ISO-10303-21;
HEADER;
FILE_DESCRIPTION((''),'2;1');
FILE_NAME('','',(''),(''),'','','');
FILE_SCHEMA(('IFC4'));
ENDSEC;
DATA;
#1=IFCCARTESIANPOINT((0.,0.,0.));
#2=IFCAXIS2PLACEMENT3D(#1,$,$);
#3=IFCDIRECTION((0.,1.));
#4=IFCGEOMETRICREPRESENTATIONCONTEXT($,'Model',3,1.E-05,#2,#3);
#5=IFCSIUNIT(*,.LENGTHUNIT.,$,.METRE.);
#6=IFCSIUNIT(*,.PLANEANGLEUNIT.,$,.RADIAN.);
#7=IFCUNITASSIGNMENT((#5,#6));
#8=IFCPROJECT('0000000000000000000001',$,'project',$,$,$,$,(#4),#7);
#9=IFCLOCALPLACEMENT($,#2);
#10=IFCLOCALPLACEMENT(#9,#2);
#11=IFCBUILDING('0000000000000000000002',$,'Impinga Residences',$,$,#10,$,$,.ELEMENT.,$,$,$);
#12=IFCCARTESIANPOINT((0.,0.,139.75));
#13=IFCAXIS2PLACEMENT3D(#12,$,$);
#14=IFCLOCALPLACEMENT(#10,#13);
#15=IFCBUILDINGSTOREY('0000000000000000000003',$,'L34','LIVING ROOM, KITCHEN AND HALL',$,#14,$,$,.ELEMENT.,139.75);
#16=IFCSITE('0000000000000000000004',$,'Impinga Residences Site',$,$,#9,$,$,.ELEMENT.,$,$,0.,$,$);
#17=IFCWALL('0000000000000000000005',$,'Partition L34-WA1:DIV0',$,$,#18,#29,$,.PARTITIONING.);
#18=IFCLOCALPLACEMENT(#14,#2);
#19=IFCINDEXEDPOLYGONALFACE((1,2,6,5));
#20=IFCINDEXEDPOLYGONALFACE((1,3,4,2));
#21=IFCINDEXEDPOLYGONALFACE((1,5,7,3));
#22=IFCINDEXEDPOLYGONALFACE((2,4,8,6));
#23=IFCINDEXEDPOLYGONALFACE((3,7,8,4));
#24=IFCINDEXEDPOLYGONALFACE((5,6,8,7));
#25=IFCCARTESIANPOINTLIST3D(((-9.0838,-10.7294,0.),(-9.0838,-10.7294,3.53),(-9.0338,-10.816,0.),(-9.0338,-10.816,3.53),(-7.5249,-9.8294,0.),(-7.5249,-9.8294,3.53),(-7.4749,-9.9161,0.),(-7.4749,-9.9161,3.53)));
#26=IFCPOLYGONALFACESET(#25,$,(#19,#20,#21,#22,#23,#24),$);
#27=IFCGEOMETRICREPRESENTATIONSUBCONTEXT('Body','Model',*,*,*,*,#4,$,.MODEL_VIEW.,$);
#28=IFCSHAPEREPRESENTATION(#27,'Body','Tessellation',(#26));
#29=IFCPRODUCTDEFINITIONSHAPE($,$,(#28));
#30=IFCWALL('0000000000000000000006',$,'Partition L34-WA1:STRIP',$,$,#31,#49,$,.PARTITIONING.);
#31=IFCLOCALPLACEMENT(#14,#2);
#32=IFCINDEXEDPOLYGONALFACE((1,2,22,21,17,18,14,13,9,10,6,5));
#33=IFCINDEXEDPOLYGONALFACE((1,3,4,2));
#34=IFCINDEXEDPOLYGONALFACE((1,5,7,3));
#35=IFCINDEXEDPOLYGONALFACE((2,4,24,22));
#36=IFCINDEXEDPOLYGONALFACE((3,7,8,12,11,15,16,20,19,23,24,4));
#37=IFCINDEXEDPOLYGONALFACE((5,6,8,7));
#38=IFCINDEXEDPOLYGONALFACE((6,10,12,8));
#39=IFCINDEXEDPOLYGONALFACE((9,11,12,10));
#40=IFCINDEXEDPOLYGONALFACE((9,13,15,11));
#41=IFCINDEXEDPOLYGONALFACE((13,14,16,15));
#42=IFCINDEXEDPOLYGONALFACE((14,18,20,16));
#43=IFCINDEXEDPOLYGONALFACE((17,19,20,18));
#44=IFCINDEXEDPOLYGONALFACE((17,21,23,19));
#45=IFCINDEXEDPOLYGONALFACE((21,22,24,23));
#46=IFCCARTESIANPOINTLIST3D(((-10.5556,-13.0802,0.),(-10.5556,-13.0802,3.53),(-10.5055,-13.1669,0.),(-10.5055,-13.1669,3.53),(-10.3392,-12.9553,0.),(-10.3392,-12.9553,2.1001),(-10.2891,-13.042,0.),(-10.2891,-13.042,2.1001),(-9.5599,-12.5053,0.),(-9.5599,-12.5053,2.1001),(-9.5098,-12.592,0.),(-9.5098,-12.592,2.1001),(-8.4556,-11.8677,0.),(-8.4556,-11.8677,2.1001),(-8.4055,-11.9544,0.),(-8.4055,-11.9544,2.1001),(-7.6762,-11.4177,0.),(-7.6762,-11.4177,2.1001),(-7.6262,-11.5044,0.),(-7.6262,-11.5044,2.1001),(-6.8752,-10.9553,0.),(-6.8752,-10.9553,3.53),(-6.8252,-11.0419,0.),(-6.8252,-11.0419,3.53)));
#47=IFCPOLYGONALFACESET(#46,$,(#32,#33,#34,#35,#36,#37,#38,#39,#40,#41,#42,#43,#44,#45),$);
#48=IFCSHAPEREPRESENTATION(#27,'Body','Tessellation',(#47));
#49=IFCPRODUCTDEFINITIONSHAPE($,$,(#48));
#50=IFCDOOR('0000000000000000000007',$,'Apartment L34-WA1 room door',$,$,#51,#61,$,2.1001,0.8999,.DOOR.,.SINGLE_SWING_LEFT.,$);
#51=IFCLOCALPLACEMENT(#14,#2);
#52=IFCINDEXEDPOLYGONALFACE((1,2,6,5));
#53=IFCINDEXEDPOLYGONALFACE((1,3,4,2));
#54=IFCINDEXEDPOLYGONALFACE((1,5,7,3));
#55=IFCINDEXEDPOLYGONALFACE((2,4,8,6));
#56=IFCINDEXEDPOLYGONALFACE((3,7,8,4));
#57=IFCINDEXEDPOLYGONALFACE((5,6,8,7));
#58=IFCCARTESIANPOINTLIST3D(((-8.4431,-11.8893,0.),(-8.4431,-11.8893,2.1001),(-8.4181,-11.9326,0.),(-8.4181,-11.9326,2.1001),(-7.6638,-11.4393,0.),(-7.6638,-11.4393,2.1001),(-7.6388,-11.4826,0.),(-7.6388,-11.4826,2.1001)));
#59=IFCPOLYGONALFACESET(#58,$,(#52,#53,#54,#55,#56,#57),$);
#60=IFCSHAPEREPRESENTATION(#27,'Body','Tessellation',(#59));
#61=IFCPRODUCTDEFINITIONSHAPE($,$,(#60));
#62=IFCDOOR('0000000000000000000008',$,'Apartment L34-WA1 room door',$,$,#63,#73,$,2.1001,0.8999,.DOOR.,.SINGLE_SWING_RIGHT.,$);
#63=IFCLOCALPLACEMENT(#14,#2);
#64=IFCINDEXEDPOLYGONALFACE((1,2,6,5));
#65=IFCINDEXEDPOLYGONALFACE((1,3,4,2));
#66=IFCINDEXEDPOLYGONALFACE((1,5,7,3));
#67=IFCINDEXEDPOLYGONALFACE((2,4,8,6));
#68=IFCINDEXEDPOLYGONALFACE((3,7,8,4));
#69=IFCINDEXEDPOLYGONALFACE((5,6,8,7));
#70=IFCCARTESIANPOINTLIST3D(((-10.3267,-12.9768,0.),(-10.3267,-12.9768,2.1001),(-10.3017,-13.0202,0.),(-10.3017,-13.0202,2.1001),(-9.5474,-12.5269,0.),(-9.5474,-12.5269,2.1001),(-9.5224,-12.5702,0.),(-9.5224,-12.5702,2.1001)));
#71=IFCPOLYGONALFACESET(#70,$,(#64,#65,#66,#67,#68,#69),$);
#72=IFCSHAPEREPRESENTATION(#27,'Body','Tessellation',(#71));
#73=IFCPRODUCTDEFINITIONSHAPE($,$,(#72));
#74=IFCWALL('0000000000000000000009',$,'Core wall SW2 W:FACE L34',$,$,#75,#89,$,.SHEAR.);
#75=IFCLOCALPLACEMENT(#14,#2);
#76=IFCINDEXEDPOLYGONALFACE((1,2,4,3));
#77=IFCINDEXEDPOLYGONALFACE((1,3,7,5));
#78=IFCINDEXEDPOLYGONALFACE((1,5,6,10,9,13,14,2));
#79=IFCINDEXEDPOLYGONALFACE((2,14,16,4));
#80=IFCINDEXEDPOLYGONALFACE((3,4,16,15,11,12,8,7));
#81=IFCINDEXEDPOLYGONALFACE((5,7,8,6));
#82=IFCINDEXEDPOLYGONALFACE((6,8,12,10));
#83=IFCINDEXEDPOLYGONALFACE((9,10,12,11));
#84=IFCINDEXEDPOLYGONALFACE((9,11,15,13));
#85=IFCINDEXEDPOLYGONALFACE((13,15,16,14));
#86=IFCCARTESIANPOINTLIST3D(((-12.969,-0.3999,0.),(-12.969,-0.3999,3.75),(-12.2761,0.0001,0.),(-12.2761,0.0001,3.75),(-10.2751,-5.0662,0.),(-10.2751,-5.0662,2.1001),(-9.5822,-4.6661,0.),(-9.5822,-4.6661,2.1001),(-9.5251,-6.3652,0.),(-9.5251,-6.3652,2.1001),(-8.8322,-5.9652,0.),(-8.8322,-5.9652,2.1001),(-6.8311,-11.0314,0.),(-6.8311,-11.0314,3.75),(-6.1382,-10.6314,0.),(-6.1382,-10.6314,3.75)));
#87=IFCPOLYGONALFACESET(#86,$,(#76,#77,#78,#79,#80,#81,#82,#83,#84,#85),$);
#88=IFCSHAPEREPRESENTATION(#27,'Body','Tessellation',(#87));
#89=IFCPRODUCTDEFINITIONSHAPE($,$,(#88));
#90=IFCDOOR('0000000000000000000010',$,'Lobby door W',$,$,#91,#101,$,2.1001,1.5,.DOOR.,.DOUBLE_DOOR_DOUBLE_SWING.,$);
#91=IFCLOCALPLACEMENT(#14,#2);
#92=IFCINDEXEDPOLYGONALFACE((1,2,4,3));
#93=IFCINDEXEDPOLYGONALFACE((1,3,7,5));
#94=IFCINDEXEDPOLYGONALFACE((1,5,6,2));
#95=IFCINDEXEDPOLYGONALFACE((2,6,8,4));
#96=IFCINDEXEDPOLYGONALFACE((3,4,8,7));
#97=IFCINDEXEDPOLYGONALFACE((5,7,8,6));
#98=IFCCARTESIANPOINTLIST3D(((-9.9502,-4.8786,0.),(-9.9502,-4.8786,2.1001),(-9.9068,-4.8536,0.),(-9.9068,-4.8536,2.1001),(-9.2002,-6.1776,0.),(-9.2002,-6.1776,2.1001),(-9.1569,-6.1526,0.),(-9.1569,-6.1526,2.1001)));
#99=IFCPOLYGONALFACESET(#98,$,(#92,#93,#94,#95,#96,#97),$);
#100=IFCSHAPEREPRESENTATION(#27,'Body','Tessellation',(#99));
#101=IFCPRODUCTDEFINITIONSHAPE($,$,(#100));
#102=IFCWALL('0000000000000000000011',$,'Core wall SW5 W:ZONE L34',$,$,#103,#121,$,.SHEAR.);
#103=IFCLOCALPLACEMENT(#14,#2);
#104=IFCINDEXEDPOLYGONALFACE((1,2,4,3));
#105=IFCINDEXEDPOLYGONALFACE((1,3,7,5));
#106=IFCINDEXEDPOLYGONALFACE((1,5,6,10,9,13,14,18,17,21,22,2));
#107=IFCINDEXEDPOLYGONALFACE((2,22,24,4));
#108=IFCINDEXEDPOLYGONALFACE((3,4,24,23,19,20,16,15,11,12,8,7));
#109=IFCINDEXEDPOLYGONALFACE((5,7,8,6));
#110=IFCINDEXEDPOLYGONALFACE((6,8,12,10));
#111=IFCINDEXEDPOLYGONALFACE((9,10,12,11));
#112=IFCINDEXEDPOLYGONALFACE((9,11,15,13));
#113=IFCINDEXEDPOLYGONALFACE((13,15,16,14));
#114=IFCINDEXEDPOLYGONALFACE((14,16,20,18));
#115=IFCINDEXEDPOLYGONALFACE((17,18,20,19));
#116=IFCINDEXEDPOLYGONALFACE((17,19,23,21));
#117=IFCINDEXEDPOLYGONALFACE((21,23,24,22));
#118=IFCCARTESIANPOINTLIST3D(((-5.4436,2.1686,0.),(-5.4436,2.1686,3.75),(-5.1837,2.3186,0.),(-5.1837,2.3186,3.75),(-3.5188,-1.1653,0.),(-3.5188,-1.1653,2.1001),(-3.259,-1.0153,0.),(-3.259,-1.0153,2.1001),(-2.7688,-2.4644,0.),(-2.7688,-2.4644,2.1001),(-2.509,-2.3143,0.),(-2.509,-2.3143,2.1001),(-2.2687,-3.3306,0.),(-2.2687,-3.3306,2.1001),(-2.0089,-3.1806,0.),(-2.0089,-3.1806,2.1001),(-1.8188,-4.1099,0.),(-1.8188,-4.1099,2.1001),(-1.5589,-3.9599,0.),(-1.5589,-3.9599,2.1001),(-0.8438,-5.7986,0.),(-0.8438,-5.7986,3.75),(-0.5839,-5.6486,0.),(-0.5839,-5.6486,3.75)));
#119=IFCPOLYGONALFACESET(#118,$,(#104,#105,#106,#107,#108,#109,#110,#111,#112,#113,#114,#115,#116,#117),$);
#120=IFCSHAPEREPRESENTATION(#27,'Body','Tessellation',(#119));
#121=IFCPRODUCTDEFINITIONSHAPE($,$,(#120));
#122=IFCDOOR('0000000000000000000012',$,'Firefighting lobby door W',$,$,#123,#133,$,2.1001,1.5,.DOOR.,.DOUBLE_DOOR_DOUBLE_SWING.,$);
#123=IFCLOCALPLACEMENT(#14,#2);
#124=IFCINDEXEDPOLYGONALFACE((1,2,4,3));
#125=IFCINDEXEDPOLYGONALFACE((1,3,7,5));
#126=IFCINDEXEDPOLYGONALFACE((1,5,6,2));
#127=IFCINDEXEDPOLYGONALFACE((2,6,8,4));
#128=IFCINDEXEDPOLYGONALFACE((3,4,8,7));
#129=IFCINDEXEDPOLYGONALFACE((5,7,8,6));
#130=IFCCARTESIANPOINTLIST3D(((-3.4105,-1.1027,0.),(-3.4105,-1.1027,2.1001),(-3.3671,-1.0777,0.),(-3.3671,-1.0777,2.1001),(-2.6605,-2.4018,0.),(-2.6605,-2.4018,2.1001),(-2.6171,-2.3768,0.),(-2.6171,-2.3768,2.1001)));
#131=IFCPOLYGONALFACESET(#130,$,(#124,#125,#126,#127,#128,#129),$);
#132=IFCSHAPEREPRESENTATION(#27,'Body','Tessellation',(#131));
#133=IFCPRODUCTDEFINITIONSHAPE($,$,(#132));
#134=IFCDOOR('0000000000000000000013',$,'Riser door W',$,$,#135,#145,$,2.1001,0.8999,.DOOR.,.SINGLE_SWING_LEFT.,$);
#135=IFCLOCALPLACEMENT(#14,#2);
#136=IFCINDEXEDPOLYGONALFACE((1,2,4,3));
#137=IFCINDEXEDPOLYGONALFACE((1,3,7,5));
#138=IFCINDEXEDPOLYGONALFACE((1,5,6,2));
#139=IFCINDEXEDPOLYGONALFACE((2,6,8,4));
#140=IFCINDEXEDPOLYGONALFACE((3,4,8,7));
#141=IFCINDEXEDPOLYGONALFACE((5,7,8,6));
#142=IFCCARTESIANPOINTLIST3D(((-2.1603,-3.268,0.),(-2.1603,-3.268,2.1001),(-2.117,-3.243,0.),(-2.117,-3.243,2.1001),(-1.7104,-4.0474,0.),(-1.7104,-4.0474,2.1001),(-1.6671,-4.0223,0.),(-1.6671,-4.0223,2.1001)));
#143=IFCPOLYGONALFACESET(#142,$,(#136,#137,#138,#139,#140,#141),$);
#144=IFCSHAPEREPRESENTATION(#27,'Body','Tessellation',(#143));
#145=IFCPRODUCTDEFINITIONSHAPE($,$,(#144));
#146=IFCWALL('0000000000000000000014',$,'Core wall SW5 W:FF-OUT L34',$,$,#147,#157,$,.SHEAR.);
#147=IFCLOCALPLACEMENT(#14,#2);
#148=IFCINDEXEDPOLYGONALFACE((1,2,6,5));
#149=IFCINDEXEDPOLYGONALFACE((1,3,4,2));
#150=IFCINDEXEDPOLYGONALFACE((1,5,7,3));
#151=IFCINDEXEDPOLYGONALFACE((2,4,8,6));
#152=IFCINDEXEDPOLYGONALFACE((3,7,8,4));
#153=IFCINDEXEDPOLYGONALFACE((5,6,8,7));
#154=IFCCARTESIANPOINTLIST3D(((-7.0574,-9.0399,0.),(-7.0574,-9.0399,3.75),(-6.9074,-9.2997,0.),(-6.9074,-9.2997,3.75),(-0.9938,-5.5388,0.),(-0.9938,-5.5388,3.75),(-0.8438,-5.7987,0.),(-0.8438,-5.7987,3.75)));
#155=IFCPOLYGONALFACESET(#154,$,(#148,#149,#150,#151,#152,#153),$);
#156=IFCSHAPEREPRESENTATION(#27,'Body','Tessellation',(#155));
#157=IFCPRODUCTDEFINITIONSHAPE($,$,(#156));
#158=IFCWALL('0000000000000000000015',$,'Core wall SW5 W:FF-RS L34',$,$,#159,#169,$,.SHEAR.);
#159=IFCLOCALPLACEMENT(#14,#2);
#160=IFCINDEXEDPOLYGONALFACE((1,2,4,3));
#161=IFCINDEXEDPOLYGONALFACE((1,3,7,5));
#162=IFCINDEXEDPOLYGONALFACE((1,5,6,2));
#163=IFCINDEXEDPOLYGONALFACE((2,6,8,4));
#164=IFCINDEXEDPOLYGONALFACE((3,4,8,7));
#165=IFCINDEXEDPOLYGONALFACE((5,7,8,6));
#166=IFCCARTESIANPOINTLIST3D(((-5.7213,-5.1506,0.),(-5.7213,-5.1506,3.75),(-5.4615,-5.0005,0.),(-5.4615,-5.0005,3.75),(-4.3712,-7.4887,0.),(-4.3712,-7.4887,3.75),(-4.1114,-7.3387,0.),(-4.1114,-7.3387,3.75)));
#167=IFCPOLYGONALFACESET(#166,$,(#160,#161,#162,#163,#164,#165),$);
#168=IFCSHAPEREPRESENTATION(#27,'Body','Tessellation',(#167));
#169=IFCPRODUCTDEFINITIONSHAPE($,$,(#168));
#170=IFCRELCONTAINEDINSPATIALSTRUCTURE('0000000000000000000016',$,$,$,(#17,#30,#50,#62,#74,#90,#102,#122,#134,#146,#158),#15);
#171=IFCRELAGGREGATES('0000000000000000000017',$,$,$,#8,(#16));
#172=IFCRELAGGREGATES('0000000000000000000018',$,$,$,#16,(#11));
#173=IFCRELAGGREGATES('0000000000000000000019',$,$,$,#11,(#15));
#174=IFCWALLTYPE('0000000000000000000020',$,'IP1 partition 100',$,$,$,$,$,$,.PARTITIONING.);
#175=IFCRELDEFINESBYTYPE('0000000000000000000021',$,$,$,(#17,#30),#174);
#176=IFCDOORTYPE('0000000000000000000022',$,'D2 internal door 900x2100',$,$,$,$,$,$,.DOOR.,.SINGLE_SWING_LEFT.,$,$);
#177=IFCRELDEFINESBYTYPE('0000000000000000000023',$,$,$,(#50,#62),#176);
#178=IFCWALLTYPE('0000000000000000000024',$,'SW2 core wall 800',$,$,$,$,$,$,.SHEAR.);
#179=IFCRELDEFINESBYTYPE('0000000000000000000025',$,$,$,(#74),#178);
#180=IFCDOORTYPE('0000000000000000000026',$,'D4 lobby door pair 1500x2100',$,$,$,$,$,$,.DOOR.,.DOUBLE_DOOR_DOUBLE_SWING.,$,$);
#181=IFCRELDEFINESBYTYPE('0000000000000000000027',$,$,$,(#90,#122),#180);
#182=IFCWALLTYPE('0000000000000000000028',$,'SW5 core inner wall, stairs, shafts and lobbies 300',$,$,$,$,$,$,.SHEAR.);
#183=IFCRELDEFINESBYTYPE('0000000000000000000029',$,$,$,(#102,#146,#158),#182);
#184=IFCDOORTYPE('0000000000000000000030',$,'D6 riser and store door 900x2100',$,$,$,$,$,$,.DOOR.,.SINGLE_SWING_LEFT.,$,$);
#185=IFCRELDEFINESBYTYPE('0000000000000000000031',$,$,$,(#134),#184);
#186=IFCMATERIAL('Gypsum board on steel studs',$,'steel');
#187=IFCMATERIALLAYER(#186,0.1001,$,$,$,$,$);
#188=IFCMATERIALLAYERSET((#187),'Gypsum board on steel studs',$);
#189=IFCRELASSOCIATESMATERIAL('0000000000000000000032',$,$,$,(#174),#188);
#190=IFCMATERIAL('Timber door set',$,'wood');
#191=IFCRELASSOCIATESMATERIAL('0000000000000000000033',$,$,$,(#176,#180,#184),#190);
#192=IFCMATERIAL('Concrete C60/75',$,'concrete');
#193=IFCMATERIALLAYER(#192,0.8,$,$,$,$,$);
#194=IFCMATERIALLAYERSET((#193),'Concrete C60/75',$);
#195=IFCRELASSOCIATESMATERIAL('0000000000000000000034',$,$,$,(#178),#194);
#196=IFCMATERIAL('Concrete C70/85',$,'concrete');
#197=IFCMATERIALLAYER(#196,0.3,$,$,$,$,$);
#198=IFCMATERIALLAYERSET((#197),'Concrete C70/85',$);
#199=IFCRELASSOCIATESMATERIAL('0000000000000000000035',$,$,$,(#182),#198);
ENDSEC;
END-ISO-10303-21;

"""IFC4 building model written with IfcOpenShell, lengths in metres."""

from ifc_helpers import new_model, si_unit, direction, frame, frame_2d, origin, place, context, subcontext, project, spatial, rectangle, extrude, material, layer, layer_set, type_object, element, fill, save


model = new_model("IFC4")

# Units and contexts
model_context = context("Model", 3, precision=1e-05, world=origin(), true_north=direction((0.0, 1.0)))
body_context = subcontext(model_context, "Body", "Model", "MODEL_VIEW")
ifc_project = project(units=[si_unit("LENGTHUNIT", "METRE"), si_unit("PLANEANGLEUNIT", "RADIAN")], contexts=[model_context])

# Site, building, storey
site_placement = place(None, origin())
site = spatial("IfcSite", under=ifc_project, at=site_placement, Name="Impinga Residences Site", CompositionType="ELEMENT", RefElevation=0.0)
building_placement = place(site_placement, origin())
building = spatial("IfcBuilding", under=site, at=building_placement, Name="Impinga Residences", CompositionType="ELEMENT")
storey_placement = place(building_placement, frame((0.0, 0.0, 139.75)))
storey = spatial("IfcBuildingStorey", under=building, at=storey_placement, Name="L34", Description="LIVING ROOM, KITCHEN AND HALL", CompositionType="ELEMENT", Elevation=139.75)

# Shared definitions
ifc_material_1 = material(Name="Concrete C60/75", Category="concrete")

# Wall
ifc_material_2 = material(Name="Gypsum board on steel studs", Category="steel")
ifc_layer_1 = layer(ifc_material_2, 0.1001)
ifc_layer_set_1 = layer_set([ifc_layer_1], Name="Gypsum board on steel studs")
wall_type_1 = type_object("IfcWallType", Name="IP1 partition 100", PredefinedType="PARTITIONING", material=ifc_layer_set_1)
wall_1_placement = place(storey_placement, frame((-7.5, -9.8728, 0.0), z_axis=(0.0, 0.0, 1.0), x_axis=(-0.866048, -0.499961, 0.0)))
element("IfcWall", 1, at=wall_1_placement, inside=storey, type_object=wall_type_1, Name="Partition L34-WA1:DIV0", PredefinedType="PARTITIONING", context=body_context, shape_type="SweptSolid", body=[
    extrude(rectangle(XDim=1.8, YDim=0.1001, at=frame_2d((0.8999, 0.0))), origin(), (0.0, 0.0, 1.0), 3.53),
])

# Wall, openings, doors
wall_2_placement = place(storey_placement, frame((-6.8501, -10.9985, 0.0), z_axis=(0.0, 0.0, 1.0), x_axis=(-0.866014, -0.500019, 0.0)))
wall_2 = element("IfcWall", 2, at=wall_2_placement, inside=storey, type_object=wall_type_1, Name="Partition L34-WA1:STRIP", PredefinedType="PARTITIONING", context=body_context, shape_type="SweptSolid", body=[
    extrude(rectangle(XDim=4.2498, YDim=0.1001, at=frame_2d((2.125, 0.0))), origin(), (0.0, 0.0, 1.0), 3.53),
])
opening_1_placement = place(wall_2_placement, frame((0.925, 0.0, 0.0)))
opening_1 = element("IfcOpeningElement", 3, at=opening_1_placement, cuts=wall_2, PredefinedType="OPENING", context=body_context, shape_type="SweptSolid", body=[
    extrude(rectangle(XDim=0.8999, YDim=2.1001, at=frame_2d((0.45, 1.05))), frame((0.0, 0.0601, 0.0), z_axis=(0.0, -1.0, 0.0), x_axis=(1.0, 0.0, 0.0)), (0.0, 0.0, 1.0), 0.1201),
])
opening_2_placement = place(wall_2_placement, frame((3.1001, 0.0, 0.0)))
opening_2 = element("IfcOpeningElement", 4, at=opening_2_placement, cuts=wall_2, PredefinedType="OPENING", context=body_context, shape_type="SweptSolid", body=[
    extrude(rectangle(XDim=0.8999, YDim=2.1001, at=frame_2d((0.45, 1.05))), frame((0.0, 0.0601, 0.0), z_axis=(0.0, -1.0, 0.0), x_axis=(1.0, 0.0, 0.0)), (0.0, 0.0, 1.0), 0.1201),
])
ifc_material_3 = material(Name="Timber door set", Category="wood")
door_type_1 = type_object("IfcDoorType", Name="D2 internal door 900x2100", OperationType="SINGLE_SWING_LEFT", PredefinedType="DOOR", material=ifc_material_3)
door_1_placement = place(opening_1_placement, origin())
door_1 = element("IfcDoor", 5, at=door_1_placement, inside=storey, type_object=door_type_1, Name="Apartment L34-WA1 room door", OperationType="SINGLE_SWING_LEFT", OverallHeight=2.1001, OverallWidth=0.8999, PredefinedType="DOOR", context=body_context, shape_type="SweptSolid", body=[
    extrude(rectangle(XDim=0.8999, YDim=2.1001, at=frame_2d((0.45, 1.05))), frame((0.0, 0.0249, 0.0), z_axis=(0.0, -1.0, 0.0), x_axis=(1.0, 0.0, 0.0)), (0.0, 0.0, 1.0), 0.05),
])
fill(opening_1, door_1)
door_2_placement = place(opening_2_placement, origin())
door_2 = element("IfcDoor", 6, at=door_2_placement, inside=storey, type_object=door_type_1, Name="Apartment L34-WA1 room door", OperationType="SINGLE_SWING_RIGHT", OverallHeight=2.1001, OverallWidth=0.8999, PredefinedType="DOOR", context=body_context, shape_type="SweptSolid", body=[
    extrude(rectangle(XDim=0.8999, YDim=2.1001, at=frame_2d((0.45, 1.05))), frame((0.0, 0.0249, 0.0), z_axis=(0.0, -1.0, 0.0), x_axis=(1.0, 0.0, 0.0)), (0.0, 0.0, 1.0), 0.05),
])
fill(opening_2, door_2)

# Wall, opening, door
ifc_layer_2 = layer(ifc_material_1, 0.8)
ifc_layer_set_2 = layer_set([ifc_layer_2], Name="Concrete C60/75")
wall_type_2 = type_object("IfcWallType", Name="SW2 core wall 800", PredefinedType="SHEAR", material=ifc_layer_set_2)
wall_3_placement = place(storey_placement, frame((-6.4846, -10.8315, 0.0), z_axis=(0.0, 0.0, 1.0), x_axis=(-0.499987, 0.866033, 0.0)))
wall_3 = element("IfcWall", 7, at=wall_3_placement, inside=storey, type_object=wall_type_2, Name="Core wall SW2 W:FACE L34", PredefinedType="SHEAR", context=body_context, shape_type="SweptSolid", body=[
    extrude(rectangle(XDim=12.2761, YDim=0.8, at=frame_2d((6.1382, 0.0))), origin(), (0.0, 0.0, 1.0), 3.75),
])
opening_3_placement = place(wall_3_placement, frame((5.3882, 0.0, 0.0)))
opening_3 = element("IfcOpeningElement", 8, at=opening_3_placement, cuts=wall_3, PredefinedType="OPENING", context=body_context, shape_type="SweptSolid", body=[
    extrude(rectangle(XDim=1.5, YDim=2.1001, at=frame_2d((0.75, 1.05))), frame((0.0, 0.4099, 0.0), z_axis=(0.0, -1.0, 0.0), x_axis=(1.0, 0.0, 0.0)), (0.0, 0.0, 1.0), 0.8201),
])
door_type_2 = type_object("IfcDoorType", Name="D4 lobby door pair 1500x2100", OperationType="DOUBLE_DOOR_DOUBLE_SWING", PredefinedType="DOOR", material=ifc_material_3)
door_3_placement = place(opening_3_placement, origin())
door_3 = element("IfcDoor", 9, at=door_3_placement, inside=storey, type_object=door_type_2, Name="Lobby door W", OperationType="DOUBLE_DOOR_DOUBLE_SWING", OverallHeight=2.1001, OverallWidth=1.5, PredefinedType="DOOR", context=body_context, shape_type="SweptSolid", body=[
    extrude(rectangle(XDim=1.5, YDim=2.1001, at=frame_2d((0.75, 1.05))), frame((0.0, 0.0249, 0.0), z_axis=(0.0, -1.0, 0.0), x_axis=(1.0, 0.0, 0.0)), (0.0, 0.0, 1.0), 0.05),
])
fill(opening_3, door_3)

# Wall, openings, doors
ifc_material_4 = material(Name="Concrete C70/85", Category="concrete")
ifc_layer_3 = layer(ifc_material_4, 0.3)
ifc_layer_set_3 = layer_set([ifc_layer_3], Name="Concrete C70/85")
wall_type_3 = type_object("IfcWallType", Name="SW5 core inner wall, stairs, shafts and lobbies 300", PredefinedType="SHEAR", material=ifc_layer_set_3)
wall_4_placement = place(storey_placement, frame((-0.7139, -5.7236, 0.0), z_axis=(0.0, 0.0, 1.0), x_axis=(-0.499995, 0.866028, 0.0)))
wall_4 = element("IfcWall", 10, at=wall_4_placement, inside=storey, type_object=wall_type_3, Name="Core wall SW5 W:ZONE L34", PredefinedType="SHEAR", context=body_context, shape_type="SweptSolid", body=[
    extrude(rectangle(XDim=9.1997, YDim=0.3, at=frame_2d((4.5999, 0.0))), origin(), (0.0, 0.0, 1.0), 3.75),
])
opening_4_placement = place(wall_4_placement, frame((3.8501, 0.0, 0.0)))
opening_4 = element("IfcOpeningElement", 11, at=opening_4_placement, cuts=wall_4, PredefinedType="OPENING", context=body_context, shape_type="SweptSolid", body=[
    extrude(rectangle(XDim=1.5, YDim=2.1001, at=frame_2d((0.75, 1.05))), frame((0.0, 0.1599, 0.0), z_axis=(0.0, -1.0, 0.0), x_axis=(1.0, 0.0, 0.0)), (0.0, 0.0, 1.0), 0.3201),
])
opening_5_placement = place(wall_4_placement, frame((1.95, 0.0, 0.0)))
opening_5 = element("IfcOpeningElement", 12, at=opening_5_placement, cuts=wall_4, PredefinedType="OPENING", context=body_context, shape_type="SweptSolid", body=[
    extrude(rectangle(XDim=0.8999, YDim=2.1001, at=frame_2d((0.45, 1.05))), frame((0.0, 0.1599, 0.0), z_axis=(0.0, -1.0, 0.0), x_axis=(1.0, 0.0, 0.0)), (0.0, 0.0, 1.0), 0.3201),
])
door_4_placement = place(opening_4_placement, origin())
door_4 = element("IfcDoor", 13, at=door_4_placement, inside=storey, type_object=door_type_2, Name="Firefighting lobby door W", OperationType="DOUBLE_DOOR_DOUBLE_SWING", OverallHeight=2.1001, OverallWidth=1.5, PredefinedType="DOOR", context=body_context, shape_type="SweptSolid", body=[
    extrude(rectangle(XDim=1.5, YDim=2.1001, at=frame_2d((0.75, 1.05))), frame((0.0, 0.0249, 0.0), z_axis=(0.0, -1.0, 0.0), x_axis=(1.0, 0.0, 0.0)), (0.0, 0.0, 1.0), 0.05),
])
fill(opening_4, door_4)
door_type_3 = type_object("IfcDoorType", Name="D6 riser and store door 900x2100", OperationType="SINGLE_SWING_LEFT", PredefinedType="DOOR", material=ifc_material_3)
door_5_placement = place(opening_5_placement, origin())
door_5 = element("IfcDoor", 14, at=door_5_placement, inside=storey, type_object=door_type_3, Name="Riser door W", OperationType="SINGLE_SWING_LEFT", OverallHeight=2.1001, OverallWidth=0.8999, PredefinedType="DOOR", context=body_context, shape_type="SweptSolid", body=[
    extrude(rectangle(XDim=0.8999, YDim=2.1001, at=frame_2d((0.45, 1.05))), frame((0.0, 0.0249, 0.0), z_axis=(0.0, -1.0, 0.0), x_axis=(1.0, 0.0, 0.0)), (0.0, 0.0, 1.0), 0.05),
])
fill(opening_5, door_5)

# Walls
wall_5_placement = place(storey_placement, frame((-0.9187, -5.6687, 0.0), z_axis=(0.0, 0.0, 1.0), x_axis=(-0.866011, -0.500024, 0.0)))
element("IfcWall", 15, at=wall_5_placement, inside=storey, type_object=wall_type_3, Name="Core wall SW5 W:FF-OUT L34", PredefinedType="SHEAR", context=body_context, shape_type="SweptSolid", body=[
    extrude(rectangle(XDim=7.0017, YDim=0.3, at=frame_2d((3.501, 0.0))), origin(), (0.0, 0.0, 1.0), 3.75),
])
wall_6_placement = place(storey_placement, frame((-4.2412, -7.4138, 0.0), z_axis=(0.0, 0.0, 1.0), x_axis=(-0.500049, 0.865997, 0.0)))
element("IfcWall", 16, at=wall_6_placement, inside=storey, type_object=wall_type_3, Name="Core wall SW5 W:FF-RS L34", PredefinedType="SHEAR", context=body_context, shape_type="SweptSolid", body=[
    extrude(rectangle(XDim=2.7, YDim=0.3, at=frame_2d((1.3501, 0.0))), origin(), (0.0, 0.0, 1.0), 3.75),
])

save(model, "model.ifc")
